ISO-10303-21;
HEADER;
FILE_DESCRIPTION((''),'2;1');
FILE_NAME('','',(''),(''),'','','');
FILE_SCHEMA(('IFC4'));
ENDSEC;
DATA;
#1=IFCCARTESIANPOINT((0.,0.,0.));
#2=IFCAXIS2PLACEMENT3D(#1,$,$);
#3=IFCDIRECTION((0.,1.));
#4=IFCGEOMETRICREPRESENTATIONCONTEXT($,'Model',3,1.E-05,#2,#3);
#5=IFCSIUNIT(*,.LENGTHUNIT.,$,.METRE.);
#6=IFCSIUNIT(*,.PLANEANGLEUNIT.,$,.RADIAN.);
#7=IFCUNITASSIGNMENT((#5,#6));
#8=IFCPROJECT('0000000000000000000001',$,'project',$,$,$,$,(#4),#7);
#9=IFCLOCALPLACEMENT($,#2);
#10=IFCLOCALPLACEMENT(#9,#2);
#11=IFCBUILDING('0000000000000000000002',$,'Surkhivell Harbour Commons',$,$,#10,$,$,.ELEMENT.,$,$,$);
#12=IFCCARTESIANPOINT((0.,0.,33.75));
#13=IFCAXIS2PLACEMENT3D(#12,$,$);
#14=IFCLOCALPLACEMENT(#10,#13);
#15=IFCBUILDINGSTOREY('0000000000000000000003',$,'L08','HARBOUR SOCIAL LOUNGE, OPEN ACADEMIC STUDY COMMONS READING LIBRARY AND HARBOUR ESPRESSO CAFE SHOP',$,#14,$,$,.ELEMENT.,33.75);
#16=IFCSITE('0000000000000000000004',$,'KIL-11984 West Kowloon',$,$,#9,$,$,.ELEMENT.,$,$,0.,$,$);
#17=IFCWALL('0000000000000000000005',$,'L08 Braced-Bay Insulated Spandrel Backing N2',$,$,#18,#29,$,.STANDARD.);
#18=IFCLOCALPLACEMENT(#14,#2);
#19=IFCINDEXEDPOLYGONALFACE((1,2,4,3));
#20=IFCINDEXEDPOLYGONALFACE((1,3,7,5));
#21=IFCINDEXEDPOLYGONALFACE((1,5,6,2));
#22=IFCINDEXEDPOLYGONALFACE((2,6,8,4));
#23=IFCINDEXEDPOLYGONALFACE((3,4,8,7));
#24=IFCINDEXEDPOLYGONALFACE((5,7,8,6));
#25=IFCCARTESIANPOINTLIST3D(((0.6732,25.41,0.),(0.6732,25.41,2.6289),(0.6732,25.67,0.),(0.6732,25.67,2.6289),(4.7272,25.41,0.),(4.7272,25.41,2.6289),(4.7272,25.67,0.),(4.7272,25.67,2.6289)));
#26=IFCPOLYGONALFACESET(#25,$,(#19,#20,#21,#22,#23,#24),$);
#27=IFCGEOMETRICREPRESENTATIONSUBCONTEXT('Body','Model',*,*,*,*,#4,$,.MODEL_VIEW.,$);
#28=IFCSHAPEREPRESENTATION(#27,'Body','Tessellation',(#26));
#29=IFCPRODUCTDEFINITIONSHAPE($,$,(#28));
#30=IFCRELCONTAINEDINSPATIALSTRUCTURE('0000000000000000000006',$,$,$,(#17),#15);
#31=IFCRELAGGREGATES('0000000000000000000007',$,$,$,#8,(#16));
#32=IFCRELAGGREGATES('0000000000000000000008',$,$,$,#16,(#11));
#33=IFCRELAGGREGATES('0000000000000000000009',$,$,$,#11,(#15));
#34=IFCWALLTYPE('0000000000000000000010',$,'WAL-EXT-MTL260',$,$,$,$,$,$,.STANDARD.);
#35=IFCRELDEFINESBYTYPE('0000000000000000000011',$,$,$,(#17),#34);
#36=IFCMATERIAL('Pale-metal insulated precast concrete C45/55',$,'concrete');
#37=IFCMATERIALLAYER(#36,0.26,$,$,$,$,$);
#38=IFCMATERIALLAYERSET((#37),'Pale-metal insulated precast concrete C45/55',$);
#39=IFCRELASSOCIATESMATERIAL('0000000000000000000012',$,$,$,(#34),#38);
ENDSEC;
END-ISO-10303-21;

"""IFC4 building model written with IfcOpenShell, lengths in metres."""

from ifc_helpers import new_model, si_unit, direction, frame, frame_2d, origin, place, context, subcontext, project, spatial, rectangle, extrude, material, layer, layer_set, type_object, element, save


model = new_model("IFC4")

# Units and contexts
model_context = context("Model", 3, precision=1e-05, world=origin(), true_north=direction((0.0, 1.0)))
body_context = subcontext(model_context, "Body", "Model", "MODEL_VIEW")
ifc_project = project(units=[si_unit("LENGTHUNIT", "METRE"), si_unit("PLANEANGLEUNIT", "RADIAN")], contexts=[model_context])

# Site, building, storey
site_placement = place(None, origin())
site = spatial("IfcSite", under=ifc_project, at=site_placement, Name="KIL-11984 West Kowloon", CompositionType="ELEMENT", RefElevation=0.0)
building_placement = place(site_placement, origin())
building = spatial("IfcBuilding", under=site, at=building_placement, Name="Surkhivell Harbour Commons", CompositionType="ELEMENT")
storey_placement = place(building_placement, frame((0.0, 0.0, 33.75)))
storey = spatial("IfcBuildingStorey", under=building, at=storey_placement, Name="L08", Description="HARBOUR SOCIAL LOUNGE, OPEN ACADEMIC STUDY COMMONS READING LIBRARY AND HARBOUR ESPRESSO CAFE SHOP", CompositionType="ELEMENT", Elevation=33.75)

# Wall
ifc_material_1 = material(Name="Pale-metal insulated precast concrete C45/55", Category="concrete")
ifc_layer_1 = layer(ifc_material_1, 0.26)
ifc_layer_set_1 = layer_set([ifc_layer_1], Name="Pale-metal insulated precast concrete C45/55")
wall_type = type_object("IfcWallType", Name="WAL-EXT-MTL260", PredefinedType="STANDARD", material=ifc_layer_set_1)
wall_placement = place(storey_placement, frame((4.7271, 25.54, 0.0), z_axis=(0.0, 0.0, 1.0), x_axis=(-1.0, 0.0, 0.0)))
element("IfcWall", 1, at=wall_placement, inside=storey, type_object=wall_type, Name="L08 Braced-Bay Insulated Spandrel Backing N2", PredefinedType="STANDARD", context=body_context, shape_type="SweptSolid", body=[
    extrude(rectangle(XDim=4.054, YDim=0.26, at=frame_2d((2.0269, 0.0))), origin(), (0.0, 0.0, 1.0), 2.6289),
])

save(model, "model.ifc")
